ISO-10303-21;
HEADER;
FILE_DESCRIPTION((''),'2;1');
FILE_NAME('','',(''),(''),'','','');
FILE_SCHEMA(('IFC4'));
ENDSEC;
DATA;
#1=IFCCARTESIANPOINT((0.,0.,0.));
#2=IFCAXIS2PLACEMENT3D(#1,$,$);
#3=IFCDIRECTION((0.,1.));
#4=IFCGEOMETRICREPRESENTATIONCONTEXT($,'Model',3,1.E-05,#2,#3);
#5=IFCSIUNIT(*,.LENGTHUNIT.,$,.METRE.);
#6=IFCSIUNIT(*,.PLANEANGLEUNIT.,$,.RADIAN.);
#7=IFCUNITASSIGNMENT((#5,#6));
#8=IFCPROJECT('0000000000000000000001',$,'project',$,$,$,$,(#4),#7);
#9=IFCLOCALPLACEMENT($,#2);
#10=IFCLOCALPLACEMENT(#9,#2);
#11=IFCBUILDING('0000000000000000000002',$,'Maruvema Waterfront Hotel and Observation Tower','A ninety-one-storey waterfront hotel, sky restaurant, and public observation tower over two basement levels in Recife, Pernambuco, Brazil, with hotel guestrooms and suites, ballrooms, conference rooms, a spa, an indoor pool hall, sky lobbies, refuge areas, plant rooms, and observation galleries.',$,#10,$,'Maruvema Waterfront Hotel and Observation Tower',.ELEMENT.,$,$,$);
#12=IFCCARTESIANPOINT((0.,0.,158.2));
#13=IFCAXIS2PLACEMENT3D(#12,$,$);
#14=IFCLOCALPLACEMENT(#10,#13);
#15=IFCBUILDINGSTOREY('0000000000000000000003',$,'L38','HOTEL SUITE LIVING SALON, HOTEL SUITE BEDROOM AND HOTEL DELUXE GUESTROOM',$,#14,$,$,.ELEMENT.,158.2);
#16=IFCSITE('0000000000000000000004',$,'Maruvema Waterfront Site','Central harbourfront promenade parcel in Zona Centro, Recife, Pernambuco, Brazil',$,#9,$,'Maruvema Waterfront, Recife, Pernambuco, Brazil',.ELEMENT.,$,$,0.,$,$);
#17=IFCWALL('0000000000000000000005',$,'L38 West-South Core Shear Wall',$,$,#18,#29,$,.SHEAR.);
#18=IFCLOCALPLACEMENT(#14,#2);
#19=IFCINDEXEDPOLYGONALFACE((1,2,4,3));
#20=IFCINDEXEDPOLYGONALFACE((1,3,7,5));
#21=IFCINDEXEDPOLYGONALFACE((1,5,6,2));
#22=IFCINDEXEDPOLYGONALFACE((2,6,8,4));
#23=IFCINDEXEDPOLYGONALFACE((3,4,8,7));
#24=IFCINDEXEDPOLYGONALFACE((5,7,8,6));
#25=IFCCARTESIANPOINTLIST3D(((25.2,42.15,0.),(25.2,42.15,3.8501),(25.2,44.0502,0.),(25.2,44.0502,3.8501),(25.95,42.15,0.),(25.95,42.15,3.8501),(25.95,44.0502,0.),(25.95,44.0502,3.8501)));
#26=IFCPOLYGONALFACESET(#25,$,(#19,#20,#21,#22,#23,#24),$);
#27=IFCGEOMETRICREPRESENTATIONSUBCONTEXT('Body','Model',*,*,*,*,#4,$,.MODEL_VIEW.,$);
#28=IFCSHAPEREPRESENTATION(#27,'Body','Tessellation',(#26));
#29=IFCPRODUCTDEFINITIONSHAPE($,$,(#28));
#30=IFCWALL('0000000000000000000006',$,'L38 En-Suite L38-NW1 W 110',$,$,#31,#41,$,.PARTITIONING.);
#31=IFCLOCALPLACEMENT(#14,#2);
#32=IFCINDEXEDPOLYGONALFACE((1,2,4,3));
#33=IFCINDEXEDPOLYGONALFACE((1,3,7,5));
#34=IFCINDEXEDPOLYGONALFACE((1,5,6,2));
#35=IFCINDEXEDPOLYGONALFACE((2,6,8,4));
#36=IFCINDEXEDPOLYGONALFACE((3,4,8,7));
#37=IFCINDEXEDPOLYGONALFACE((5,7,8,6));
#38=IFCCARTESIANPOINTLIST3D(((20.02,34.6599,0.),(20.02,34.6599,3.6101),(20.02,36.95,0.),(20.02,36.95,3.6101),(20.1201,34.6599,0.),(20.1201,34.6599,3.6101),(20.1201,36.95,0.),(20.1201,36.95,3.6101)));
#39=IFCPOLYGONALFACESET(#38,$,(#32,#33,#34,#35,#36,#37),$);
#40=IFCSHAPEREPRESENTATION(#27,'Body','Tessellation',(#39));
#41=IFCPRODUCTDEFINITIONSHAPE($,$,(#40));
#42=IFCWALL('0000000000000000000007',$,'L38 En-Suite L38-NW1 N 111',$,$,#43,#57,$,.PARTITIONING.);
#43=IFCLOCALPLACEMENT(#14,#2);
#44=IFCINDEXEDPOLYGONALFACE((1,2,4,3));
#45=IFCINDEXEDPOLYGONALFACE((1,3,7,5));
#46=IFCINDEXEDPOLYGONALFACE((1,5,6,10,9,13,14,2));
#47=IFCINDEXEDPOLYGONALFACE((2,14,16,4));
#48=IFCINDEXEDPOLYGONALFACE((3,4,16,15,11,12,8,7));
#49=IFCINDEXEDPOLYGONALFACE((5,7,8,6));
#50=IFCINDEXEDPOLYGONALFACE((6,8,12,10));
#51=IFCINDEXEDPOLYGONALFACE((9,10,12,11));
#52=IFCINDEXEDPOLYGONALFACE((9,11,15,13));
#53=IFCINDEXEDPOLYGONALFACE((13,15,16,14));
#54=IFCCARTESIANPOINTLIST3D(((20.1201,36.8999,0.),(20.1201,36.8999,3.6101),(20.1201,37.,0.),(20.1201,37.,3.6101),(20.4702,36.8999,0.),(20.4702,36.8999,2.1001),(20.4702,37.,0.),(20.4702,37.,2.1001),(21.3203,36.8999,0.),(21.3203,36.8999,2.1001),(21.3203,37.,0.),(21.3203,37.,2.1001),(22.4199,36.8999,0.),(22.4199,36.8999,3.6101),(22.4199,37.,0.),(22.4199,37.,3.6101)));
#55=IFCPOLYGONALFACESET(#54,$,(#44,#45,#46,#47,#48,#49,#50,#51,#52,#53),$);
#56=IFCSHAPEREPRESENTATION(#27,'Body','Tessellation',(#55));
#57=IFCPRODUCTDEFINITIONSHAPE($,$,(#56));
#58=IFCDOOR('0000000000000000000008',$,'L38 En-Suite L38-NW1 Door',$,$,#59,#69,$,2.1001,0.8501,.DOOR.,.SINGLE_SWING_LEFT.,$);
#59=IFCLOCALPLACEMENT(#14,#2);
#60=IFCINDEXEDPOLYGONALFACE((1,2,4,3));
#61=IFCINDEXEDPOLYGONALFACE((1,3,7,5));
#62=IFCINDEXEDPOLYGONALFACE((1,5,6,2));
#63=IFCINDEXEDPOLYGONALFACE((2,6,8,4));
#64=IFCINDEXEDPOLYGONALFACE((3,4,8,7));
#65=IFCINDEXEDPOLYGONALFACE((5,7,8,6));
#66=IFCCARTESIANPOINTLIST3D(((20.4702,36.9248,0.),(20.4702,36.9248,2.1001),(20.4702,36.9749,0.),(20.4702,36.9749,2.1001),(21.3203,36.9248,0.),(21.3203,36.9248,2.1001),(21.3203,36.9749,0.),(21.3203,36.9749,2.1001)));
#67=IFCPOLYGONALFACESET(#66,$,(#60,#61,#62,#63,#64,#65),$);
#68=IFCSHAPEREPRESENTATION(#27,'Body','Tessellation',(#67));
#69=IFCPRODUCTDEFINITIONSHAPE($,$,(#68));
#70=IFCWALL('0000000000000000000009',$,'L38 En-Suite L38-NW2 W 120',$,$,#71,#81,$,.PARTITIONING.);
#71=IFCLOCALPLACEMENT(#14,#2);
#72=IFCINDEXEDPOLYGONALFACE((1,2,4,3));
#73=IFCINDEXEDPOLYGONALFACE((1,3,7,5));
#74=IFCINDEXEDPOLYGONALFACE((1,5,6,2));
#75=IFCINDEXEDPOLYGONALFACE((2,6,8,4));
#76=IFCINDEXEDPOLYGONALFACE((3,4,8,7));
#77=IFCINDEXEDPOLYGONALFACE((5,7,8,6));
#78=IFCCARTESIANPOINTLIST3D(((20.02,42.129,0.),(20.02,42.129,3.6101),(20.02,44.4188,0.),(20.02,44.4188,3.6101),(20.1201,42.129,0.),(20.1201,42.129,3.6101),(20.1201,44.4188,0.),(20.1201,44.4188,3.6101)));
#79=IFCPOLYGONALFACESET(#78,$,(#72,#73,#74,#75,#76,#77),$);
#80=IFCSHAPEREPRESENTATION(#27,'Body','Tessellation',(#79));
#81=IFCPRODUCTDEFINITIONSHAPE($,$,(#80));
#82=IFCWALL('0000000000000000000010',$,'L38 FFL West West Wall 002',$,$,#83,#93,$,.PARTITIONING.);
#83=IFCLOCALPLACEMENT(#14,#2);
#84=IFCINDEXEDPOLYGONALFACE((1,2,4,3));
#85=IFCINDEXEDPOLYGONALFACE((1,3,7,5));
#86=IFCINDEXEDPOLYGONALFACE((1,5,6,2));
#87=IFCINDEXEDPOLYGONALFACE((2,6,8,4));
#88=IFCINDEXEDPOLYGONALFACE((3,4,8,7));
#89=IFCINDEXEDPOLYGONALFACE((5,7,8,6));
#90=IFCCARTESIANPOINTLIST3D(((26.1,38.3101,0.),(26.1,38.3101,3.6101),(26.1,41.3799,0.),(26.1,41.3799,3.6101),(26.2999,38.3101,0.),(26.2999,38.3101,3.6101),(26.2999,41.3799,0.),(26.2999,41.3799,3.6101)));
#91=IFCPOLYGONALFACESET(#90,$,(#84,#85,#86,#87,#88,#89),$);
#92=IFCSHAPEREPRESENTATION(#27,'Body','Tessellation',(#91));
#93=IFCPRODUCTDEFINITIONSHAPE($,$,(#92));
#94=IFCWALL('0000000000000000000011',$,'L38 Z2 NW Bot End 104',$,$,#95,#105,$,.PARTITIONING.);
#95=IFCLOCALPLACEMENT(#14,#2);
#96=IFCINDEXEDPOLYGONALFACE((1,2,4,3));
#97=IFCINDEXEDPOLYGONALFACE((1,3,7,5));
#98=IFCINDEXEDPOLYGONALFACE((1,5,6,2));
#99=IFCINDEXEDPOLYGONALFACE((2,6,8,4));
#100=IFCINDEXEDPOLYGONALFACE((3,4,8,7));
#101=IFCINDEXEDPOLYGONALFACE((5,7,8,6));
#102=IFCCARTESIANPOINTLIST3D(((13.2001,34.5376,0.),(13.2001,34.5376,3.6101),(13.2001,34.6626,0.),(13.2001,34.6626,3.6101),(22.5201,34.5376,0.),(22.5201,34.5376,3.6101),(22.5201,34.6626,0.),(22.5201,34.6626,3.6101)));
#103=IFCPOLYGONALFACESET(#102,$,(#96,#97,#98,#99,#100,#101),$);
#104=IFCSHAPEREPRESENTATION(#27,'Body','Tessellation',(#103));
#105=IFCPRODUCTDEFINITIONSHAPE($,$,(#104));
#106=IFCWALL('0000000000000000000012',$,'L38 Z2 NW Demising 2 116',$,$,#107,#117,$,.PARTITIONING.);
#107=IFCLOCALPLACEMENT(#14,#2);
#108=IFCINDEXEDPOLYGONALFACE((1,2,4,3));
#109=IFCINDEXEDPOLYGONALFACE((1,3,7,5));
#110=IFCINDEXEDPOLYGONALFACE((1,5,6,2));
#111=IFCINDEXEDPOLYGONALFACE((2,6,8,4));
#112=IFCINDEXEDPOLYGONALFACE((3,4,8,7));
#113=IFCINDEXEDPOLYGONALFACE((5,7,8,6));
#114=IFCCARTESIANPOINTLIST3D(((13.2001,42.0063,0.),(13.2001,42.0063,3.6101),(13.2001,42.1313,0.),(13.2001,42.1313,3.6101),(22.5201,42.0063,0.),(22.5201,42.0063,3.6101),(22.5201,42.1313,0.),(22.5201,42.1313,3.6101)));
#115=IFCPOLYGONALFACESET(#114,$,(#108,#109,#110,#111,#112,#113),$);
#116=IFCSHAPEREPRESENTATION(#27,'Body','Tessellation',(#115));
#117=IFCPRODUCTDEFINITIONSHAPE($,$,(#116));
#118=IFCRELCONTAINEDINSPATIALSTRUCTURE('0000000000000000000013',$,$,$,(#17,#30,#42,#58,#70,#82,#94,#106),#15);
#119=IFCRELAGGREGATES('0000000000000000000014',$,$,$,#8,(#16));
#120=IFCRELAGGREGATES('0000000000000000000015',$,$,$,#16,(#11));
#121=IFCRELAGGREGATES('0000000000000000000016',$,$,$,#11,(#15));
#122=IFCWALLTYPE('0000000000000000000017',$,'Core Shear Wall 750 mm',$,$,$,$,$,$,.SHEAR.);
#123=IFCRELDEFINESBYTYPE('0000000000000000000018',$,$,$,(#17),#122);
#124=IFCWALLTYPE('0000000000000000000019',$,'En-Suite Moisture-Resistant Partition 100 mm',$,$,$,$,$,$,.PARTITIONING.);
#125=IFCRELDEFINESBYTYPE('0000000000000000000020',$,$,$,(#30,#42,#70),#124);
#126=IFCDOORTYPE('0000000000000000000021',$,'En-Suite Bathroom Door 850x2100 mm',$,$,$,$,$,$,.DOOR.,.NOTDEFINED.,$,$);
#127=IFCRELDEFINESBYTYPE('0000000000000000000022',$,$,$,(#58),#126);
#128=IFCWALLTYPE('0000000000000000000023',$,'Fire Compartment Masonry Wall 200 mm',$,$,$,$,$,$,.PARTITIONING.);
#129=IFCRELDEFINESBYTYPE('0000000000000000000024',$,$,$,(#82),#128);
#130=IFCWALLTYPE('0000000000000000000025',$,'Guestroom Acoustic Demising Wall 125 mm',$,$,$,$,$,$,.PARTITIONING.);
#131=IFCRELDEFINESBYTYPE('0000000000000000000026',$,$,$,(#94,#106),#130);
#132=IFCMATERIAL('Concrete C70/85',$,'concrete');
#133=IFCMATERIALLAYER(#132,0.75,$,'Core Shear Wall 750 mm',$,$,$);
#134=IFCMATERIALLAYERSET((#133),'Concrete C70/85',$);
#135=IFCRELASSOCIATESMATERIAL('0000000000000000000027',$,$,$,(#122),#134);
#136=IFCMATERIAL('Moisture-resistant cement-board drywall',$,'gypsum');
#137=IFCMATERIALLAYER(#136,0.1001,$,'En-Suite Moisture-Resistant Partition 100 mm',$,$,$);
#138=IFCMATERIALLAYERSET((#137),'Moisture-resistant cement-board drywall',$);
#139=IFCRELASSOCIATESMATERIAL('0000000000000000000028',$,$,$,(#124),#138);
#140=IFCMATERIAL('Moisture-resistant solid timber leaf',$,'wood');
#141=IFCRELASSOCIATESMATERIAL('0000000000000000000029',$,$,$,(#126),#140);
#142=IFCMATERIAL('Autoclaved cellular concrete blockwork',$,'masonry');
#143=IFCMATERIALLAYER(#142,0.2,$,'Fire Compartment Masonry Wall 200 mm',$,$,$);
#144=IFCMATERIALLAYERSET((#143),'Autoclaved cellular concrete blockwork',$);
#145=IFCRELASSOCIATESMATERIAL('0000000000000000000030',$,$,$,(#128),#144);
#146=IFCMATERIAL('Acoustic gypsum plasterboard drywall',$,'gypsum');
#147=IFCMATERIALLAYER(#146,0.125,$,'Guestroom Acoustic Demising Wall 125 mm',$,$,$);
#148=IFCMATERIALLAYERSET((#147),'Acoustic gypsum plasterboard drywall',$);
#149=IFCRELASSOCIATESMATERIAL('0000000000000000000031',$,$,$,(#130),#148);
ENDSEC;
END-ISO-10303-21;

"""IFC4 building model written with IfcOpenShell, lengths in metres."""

from ifc_helpers import new_model, si_unit, direction, frame, frame_2d, origin, place, context, subcontext, project, spatial, rectangle, extrude, material, layer, layer_set, type_object, element, fill, save


model = new_model("IFC4")

# Units and contexts
model_context = context("Model", 3, precision=1e-05, world=origin(), true_north=direction((0.0, 1.0)))
body_context = subcontext(model_context, "Body", "Model", "MODEL_VIEW")
ifc_project = project(units=[si_unit("LENGTHUNIT", "METRE"), si_unit("PLANEANGLEUNIT", "RADIAN")], contexts=[model_context])

# Site, building, storey
site_placement = place(None, origin())
site = spatial("IfcSite", under=ifc_project, at=site_placement, Name="Maruvema Waterfront Site", Description="Central harbourfront promenade parcel in Zona Centro, Recife, Pernambuco, Brazil", LongName="Maruvema Waterfront, Recife, Pernambuco, Brazil", CompositionType="ELEMENT", RefElevation=0.0)
building_placement = place(site_placement, origin())
building = spatial("IfcBuilding", under=site, at=building_placement, Name="Maruvema Waterfront Hotel and Observation Tower", Description="A ninety-one-storey waterfront hotel, sky restaurant, and public observation tower over two basement levels in Recife, Pernambuco, Brazil, with hotel guestrooms and suites, ballrooms, conference rooms, a spa, an indoor pool hall, sky lobbies, refuge areas, plant rooms, and observation galleries.", LongName="Maruvema Waterfront Hotel and Observation Tower", CompositionType="ELEMENT")
storey_placement = place(building_placement, frame((0.0, 0.0, 158.2)))
storey = spatial("IfcBuildingStorey", under=building, at=storey_placement, Name="L38", Description="HOTEL SUITE LIVING SALON, HOTEL SUITE BEDROOM AND HOTEL DELUXE GUESTROOM", CompositionType="ELEMENT", Elevation=158.2)

# Shared definitions
ifc_material_1 = material(Name="Concrete C70/85", Category="concrete")
ifc_layer_1 = layer(ifc_material_1, 0.75, Name="Core Shear Wall 750 mm")
ifc_layer_set_1 = layer_set([ifc_layer_1], Name="Concrete C70/85")
wall_type_1 = type_object("IfcWallType", Name="Core Shear Wall 750 mm", PredefinedType="SHEAR", material=ifc_layer_set_1)

# Walls
wall_1_placement = place(storey_placement, frame((25.575, 42.1499, 0.0), z_axis=(0.0, 0.0, 1.0), x_axis=(0.0, 1.0, 0.0)))
element("IfcWall", 1, at=wall_1_placement, inside=storey, type_object=wall_type_1, Name="L38 West-South Core Shear Wall", PredefinedType="SHEAR", context=body_context, shape_type="SweptSolid", body=[
    extrude(rectangle(XDim=1.9001, YDim=0.75, at=frame_2d((0.9502, 0.0))), origin(), (0.0, 0.0, 1.0), 3.8501),
])
ifc_material_2 = material(Name="Moisture-resistant cement-board drywall", Category="gypsum")
ifc_layer_2 = layer(ifc_material_2, 0.1001, Name="En-Suite Moisture-Resistant Partition 100 mm")
ifc_layer_set_2 = layer_set([ifc_layer_2], Name="Moisture-resistant cement-board drywall")
wall_type_2 = type_object("IfcWallType", Name="En-Suite Moisture-Resistant Partition 100 mm", PredefinedType="PARTITIONING", material=ifc_layer_set_2)
wall_2_placement = place(storey_placement, frame((20.0701, 34.6599, 0.0), z_axis=(0.0, 0.0, 1.0), x_axis=(0.0, 1.0, 0.0)))
element("IfcWall", 2, at=wall_2_placement, inside=storey, type_object=wall_type_2, Name="L38 En-Suite L38-NW1 W 110", PredefinedType="PARTITIONING", context=body_context, shape_type="SweptSolid", body=[
    extrude(rectangle(XDim=2.29, YDim=0.1001, at=frame_2d((1.145, 0.0))), origin(), (0.0, 0.0, 1.0), 3.6101),
])

# Wall, opening, door
wall_3_placement = place(storey_placement, frame((20.1201, 36.95, 0.0), z_axis=(0.0, 0.0, 1.0), x_axis=(1.0, 0.0, 0.0)))
wall_3 = element("IfcWall", 3, at=wall_3_placement, inside=storey, type_object=wall_type_2, Name="L38 En-Suite L38-NW1 N 111", PredefinedType="PARTITIONING", context=body_context, shape_type="SweptSolid", body=[
    extrude(rectangle(XDim=2.2998, YDim=0.1001, at=frame_2d((1.1499, 0.0))), origin(), (0.0, 0.0, 1.0), 3.6101),
])
opening_1_placement = place(wall_3_placement, frame((0.3501, 0.0, 0.0)))
opening_1 = element("IfcOpeningElement", 4, at=opening_1_placement, cuts=wall_3, PredefinedType="OPENING", context=body_context, shape_type="SweptSolid", body=[
    extrude(rectangle(XDim=0.8501, YDim=2.1001, at=frame_2d((0.425, 1.05))), frame((0.0, 0.0601, 0.0), z_axis=(0.0, -1.0, 0.0), x_axis=(1.0, 0.0, 0.0)), (0.0, 0.0, 1.0), 0.1201),
])
ifc_material_3 = material(Name="Moisture-resistant solid timber leaf", Category="wood")
door_type_1 = type_object("IfcDoorType", Name="En-Suite Bathroom Door 850x2100 mm", OperationType="NOTDEFINED", PredefinedType="DOOR", material=ifc_material_3)
door_1_placement = place(opening_1_placement, origin())
door_1 = element("IfcDoor", 5, at=door_1_placement, inside=storey, type_object=door_type_1, Name="L38 En-Suite L38-NW1 Door", OperationType="SINGLE_SWING_LEFT", OverallHeight=2.1001, OverallWidth=0.8501, PredefinedType="DOOR", context=body_context, shape_type="SweptSolid", body=[
    extrude(rectangle(XDim=0.8501, YDim=2.1001, at=frame_2d((0.425, 1.05))), frame((0.0, 0.0249, 0.0), z_axis=(0.0, -1.0, 0.0), x_axis=(1.0, 0.0, 0.0)), (0.0, 0.0, 1.0), 0.05),
])
fill(opening_1, door_1)

# Wall
wall_4_placement = place(storey_placement, frame((20.0701, 42.1289, 0.0), z_axis=(0.0, 0.0, 1.0), x_axis=(0.0, 1.0, 0.0)))
element("IfcWall", 6, at=wall_4_placement, inside=storey, type_object=wall_type_2, Name="L38 En-Suite L38-NW2 W 120", PredefinedType="PARTITIONING", context=body_context, shape_type="SweptSolid", body=[
    extrude(rectangle(XDim=2.2898, YDim=0.1001, at=frame_2d((1.145, 0.0))), origin(), (0.0, 0.0, 1.0), 3.6101),
])

# Shared definitions
ifc_material_4 = material(Name="Autoclaved cellular concrete blockwork", Category="masonry")
ifc_layer_3 = layer(ifc_material_4, 0.2, Name="Fire Compartment Masonry Wall 200 mm")
ifc_layer_set_3 = layer_set([ifc_layer_3], Name="Autoclaved cellular concrete blockwork")
wall_type_3 = type_object("IfcWallType", Name="Fire Compartment Masonry Wall 200 mm", PredefinedType="PARTITIONING", material=ifc_layer_set_3)

# Walls
wall_5_placement = place(storey_placement, frame((26.2, 38.3101, 0.0), z_axis=(0.0, 0.0, 1.0), x_axis=(0.0, 1.0, 0.0)))
element("IfcWall", 7, at=wall_5_placement, inside=storey, type_object=wall_type_3, Name="L38 FFL West West Wall 002", PredefinedType="PARTITIONING", context=body_context, shape_type="SweptSolid", body=[
    extrude(rectangle(XDim=3.0698, YDim=0.2, at=frame_2d((1.5349, 0.0))), origin(), (0.0, 0.0, 1.0), 3.6101),
])
ifc_material_5 = material(Name="Acoustic gypsum plasterboard drywall", Category="gypsum")
ifc_layer_4 = layer(ifc_material_5, 0.125, Name="Guestroom Acoustic Demising Wall 125 mm")
ifc_layer_set_4 = layer_set([ifc_layer_4], Name="Acoustic gypsum plasterboard drywall")
wall_type_4 = type_object("IfcWallType", Name="Guestroom Acoustic Demising Wall 125 mm", PredefinedType="PARTITIONING", material=ifc_layer_set_4)
for number, where, z_axis, x_axis, name in (
    (8, (13.2, 34.6001, 0.0), (0.0, 0.0, 1.0), (1.0, 0.0, 0.0), "L38 Z2 NW Bot End 104"),
    (9, (13.2, 42.0688, 0.0), (0.0, 0.0, 1.0), (1.0, 0.0, 0.0), "L38 Z2 NW Demising 2 116"),
):
    element("IfcWall", number, at=place(storey_placement, frame(where, z_axis=z_axis, x_axis=x_axis)), inside=storey, type_object=wall_type_4, Name=name, PredefinedType="PARTITIONING", context=body_context, shape_type="SweptSolid", body=[
        extrude(rectangle(XDim=9.3201, YDim=0.125, at=frame_2d((4.6602, 0.0))), origin(), (0.0, 0.0, 1.0), 3.6101),
    ])

save(model, "model.ifc")
